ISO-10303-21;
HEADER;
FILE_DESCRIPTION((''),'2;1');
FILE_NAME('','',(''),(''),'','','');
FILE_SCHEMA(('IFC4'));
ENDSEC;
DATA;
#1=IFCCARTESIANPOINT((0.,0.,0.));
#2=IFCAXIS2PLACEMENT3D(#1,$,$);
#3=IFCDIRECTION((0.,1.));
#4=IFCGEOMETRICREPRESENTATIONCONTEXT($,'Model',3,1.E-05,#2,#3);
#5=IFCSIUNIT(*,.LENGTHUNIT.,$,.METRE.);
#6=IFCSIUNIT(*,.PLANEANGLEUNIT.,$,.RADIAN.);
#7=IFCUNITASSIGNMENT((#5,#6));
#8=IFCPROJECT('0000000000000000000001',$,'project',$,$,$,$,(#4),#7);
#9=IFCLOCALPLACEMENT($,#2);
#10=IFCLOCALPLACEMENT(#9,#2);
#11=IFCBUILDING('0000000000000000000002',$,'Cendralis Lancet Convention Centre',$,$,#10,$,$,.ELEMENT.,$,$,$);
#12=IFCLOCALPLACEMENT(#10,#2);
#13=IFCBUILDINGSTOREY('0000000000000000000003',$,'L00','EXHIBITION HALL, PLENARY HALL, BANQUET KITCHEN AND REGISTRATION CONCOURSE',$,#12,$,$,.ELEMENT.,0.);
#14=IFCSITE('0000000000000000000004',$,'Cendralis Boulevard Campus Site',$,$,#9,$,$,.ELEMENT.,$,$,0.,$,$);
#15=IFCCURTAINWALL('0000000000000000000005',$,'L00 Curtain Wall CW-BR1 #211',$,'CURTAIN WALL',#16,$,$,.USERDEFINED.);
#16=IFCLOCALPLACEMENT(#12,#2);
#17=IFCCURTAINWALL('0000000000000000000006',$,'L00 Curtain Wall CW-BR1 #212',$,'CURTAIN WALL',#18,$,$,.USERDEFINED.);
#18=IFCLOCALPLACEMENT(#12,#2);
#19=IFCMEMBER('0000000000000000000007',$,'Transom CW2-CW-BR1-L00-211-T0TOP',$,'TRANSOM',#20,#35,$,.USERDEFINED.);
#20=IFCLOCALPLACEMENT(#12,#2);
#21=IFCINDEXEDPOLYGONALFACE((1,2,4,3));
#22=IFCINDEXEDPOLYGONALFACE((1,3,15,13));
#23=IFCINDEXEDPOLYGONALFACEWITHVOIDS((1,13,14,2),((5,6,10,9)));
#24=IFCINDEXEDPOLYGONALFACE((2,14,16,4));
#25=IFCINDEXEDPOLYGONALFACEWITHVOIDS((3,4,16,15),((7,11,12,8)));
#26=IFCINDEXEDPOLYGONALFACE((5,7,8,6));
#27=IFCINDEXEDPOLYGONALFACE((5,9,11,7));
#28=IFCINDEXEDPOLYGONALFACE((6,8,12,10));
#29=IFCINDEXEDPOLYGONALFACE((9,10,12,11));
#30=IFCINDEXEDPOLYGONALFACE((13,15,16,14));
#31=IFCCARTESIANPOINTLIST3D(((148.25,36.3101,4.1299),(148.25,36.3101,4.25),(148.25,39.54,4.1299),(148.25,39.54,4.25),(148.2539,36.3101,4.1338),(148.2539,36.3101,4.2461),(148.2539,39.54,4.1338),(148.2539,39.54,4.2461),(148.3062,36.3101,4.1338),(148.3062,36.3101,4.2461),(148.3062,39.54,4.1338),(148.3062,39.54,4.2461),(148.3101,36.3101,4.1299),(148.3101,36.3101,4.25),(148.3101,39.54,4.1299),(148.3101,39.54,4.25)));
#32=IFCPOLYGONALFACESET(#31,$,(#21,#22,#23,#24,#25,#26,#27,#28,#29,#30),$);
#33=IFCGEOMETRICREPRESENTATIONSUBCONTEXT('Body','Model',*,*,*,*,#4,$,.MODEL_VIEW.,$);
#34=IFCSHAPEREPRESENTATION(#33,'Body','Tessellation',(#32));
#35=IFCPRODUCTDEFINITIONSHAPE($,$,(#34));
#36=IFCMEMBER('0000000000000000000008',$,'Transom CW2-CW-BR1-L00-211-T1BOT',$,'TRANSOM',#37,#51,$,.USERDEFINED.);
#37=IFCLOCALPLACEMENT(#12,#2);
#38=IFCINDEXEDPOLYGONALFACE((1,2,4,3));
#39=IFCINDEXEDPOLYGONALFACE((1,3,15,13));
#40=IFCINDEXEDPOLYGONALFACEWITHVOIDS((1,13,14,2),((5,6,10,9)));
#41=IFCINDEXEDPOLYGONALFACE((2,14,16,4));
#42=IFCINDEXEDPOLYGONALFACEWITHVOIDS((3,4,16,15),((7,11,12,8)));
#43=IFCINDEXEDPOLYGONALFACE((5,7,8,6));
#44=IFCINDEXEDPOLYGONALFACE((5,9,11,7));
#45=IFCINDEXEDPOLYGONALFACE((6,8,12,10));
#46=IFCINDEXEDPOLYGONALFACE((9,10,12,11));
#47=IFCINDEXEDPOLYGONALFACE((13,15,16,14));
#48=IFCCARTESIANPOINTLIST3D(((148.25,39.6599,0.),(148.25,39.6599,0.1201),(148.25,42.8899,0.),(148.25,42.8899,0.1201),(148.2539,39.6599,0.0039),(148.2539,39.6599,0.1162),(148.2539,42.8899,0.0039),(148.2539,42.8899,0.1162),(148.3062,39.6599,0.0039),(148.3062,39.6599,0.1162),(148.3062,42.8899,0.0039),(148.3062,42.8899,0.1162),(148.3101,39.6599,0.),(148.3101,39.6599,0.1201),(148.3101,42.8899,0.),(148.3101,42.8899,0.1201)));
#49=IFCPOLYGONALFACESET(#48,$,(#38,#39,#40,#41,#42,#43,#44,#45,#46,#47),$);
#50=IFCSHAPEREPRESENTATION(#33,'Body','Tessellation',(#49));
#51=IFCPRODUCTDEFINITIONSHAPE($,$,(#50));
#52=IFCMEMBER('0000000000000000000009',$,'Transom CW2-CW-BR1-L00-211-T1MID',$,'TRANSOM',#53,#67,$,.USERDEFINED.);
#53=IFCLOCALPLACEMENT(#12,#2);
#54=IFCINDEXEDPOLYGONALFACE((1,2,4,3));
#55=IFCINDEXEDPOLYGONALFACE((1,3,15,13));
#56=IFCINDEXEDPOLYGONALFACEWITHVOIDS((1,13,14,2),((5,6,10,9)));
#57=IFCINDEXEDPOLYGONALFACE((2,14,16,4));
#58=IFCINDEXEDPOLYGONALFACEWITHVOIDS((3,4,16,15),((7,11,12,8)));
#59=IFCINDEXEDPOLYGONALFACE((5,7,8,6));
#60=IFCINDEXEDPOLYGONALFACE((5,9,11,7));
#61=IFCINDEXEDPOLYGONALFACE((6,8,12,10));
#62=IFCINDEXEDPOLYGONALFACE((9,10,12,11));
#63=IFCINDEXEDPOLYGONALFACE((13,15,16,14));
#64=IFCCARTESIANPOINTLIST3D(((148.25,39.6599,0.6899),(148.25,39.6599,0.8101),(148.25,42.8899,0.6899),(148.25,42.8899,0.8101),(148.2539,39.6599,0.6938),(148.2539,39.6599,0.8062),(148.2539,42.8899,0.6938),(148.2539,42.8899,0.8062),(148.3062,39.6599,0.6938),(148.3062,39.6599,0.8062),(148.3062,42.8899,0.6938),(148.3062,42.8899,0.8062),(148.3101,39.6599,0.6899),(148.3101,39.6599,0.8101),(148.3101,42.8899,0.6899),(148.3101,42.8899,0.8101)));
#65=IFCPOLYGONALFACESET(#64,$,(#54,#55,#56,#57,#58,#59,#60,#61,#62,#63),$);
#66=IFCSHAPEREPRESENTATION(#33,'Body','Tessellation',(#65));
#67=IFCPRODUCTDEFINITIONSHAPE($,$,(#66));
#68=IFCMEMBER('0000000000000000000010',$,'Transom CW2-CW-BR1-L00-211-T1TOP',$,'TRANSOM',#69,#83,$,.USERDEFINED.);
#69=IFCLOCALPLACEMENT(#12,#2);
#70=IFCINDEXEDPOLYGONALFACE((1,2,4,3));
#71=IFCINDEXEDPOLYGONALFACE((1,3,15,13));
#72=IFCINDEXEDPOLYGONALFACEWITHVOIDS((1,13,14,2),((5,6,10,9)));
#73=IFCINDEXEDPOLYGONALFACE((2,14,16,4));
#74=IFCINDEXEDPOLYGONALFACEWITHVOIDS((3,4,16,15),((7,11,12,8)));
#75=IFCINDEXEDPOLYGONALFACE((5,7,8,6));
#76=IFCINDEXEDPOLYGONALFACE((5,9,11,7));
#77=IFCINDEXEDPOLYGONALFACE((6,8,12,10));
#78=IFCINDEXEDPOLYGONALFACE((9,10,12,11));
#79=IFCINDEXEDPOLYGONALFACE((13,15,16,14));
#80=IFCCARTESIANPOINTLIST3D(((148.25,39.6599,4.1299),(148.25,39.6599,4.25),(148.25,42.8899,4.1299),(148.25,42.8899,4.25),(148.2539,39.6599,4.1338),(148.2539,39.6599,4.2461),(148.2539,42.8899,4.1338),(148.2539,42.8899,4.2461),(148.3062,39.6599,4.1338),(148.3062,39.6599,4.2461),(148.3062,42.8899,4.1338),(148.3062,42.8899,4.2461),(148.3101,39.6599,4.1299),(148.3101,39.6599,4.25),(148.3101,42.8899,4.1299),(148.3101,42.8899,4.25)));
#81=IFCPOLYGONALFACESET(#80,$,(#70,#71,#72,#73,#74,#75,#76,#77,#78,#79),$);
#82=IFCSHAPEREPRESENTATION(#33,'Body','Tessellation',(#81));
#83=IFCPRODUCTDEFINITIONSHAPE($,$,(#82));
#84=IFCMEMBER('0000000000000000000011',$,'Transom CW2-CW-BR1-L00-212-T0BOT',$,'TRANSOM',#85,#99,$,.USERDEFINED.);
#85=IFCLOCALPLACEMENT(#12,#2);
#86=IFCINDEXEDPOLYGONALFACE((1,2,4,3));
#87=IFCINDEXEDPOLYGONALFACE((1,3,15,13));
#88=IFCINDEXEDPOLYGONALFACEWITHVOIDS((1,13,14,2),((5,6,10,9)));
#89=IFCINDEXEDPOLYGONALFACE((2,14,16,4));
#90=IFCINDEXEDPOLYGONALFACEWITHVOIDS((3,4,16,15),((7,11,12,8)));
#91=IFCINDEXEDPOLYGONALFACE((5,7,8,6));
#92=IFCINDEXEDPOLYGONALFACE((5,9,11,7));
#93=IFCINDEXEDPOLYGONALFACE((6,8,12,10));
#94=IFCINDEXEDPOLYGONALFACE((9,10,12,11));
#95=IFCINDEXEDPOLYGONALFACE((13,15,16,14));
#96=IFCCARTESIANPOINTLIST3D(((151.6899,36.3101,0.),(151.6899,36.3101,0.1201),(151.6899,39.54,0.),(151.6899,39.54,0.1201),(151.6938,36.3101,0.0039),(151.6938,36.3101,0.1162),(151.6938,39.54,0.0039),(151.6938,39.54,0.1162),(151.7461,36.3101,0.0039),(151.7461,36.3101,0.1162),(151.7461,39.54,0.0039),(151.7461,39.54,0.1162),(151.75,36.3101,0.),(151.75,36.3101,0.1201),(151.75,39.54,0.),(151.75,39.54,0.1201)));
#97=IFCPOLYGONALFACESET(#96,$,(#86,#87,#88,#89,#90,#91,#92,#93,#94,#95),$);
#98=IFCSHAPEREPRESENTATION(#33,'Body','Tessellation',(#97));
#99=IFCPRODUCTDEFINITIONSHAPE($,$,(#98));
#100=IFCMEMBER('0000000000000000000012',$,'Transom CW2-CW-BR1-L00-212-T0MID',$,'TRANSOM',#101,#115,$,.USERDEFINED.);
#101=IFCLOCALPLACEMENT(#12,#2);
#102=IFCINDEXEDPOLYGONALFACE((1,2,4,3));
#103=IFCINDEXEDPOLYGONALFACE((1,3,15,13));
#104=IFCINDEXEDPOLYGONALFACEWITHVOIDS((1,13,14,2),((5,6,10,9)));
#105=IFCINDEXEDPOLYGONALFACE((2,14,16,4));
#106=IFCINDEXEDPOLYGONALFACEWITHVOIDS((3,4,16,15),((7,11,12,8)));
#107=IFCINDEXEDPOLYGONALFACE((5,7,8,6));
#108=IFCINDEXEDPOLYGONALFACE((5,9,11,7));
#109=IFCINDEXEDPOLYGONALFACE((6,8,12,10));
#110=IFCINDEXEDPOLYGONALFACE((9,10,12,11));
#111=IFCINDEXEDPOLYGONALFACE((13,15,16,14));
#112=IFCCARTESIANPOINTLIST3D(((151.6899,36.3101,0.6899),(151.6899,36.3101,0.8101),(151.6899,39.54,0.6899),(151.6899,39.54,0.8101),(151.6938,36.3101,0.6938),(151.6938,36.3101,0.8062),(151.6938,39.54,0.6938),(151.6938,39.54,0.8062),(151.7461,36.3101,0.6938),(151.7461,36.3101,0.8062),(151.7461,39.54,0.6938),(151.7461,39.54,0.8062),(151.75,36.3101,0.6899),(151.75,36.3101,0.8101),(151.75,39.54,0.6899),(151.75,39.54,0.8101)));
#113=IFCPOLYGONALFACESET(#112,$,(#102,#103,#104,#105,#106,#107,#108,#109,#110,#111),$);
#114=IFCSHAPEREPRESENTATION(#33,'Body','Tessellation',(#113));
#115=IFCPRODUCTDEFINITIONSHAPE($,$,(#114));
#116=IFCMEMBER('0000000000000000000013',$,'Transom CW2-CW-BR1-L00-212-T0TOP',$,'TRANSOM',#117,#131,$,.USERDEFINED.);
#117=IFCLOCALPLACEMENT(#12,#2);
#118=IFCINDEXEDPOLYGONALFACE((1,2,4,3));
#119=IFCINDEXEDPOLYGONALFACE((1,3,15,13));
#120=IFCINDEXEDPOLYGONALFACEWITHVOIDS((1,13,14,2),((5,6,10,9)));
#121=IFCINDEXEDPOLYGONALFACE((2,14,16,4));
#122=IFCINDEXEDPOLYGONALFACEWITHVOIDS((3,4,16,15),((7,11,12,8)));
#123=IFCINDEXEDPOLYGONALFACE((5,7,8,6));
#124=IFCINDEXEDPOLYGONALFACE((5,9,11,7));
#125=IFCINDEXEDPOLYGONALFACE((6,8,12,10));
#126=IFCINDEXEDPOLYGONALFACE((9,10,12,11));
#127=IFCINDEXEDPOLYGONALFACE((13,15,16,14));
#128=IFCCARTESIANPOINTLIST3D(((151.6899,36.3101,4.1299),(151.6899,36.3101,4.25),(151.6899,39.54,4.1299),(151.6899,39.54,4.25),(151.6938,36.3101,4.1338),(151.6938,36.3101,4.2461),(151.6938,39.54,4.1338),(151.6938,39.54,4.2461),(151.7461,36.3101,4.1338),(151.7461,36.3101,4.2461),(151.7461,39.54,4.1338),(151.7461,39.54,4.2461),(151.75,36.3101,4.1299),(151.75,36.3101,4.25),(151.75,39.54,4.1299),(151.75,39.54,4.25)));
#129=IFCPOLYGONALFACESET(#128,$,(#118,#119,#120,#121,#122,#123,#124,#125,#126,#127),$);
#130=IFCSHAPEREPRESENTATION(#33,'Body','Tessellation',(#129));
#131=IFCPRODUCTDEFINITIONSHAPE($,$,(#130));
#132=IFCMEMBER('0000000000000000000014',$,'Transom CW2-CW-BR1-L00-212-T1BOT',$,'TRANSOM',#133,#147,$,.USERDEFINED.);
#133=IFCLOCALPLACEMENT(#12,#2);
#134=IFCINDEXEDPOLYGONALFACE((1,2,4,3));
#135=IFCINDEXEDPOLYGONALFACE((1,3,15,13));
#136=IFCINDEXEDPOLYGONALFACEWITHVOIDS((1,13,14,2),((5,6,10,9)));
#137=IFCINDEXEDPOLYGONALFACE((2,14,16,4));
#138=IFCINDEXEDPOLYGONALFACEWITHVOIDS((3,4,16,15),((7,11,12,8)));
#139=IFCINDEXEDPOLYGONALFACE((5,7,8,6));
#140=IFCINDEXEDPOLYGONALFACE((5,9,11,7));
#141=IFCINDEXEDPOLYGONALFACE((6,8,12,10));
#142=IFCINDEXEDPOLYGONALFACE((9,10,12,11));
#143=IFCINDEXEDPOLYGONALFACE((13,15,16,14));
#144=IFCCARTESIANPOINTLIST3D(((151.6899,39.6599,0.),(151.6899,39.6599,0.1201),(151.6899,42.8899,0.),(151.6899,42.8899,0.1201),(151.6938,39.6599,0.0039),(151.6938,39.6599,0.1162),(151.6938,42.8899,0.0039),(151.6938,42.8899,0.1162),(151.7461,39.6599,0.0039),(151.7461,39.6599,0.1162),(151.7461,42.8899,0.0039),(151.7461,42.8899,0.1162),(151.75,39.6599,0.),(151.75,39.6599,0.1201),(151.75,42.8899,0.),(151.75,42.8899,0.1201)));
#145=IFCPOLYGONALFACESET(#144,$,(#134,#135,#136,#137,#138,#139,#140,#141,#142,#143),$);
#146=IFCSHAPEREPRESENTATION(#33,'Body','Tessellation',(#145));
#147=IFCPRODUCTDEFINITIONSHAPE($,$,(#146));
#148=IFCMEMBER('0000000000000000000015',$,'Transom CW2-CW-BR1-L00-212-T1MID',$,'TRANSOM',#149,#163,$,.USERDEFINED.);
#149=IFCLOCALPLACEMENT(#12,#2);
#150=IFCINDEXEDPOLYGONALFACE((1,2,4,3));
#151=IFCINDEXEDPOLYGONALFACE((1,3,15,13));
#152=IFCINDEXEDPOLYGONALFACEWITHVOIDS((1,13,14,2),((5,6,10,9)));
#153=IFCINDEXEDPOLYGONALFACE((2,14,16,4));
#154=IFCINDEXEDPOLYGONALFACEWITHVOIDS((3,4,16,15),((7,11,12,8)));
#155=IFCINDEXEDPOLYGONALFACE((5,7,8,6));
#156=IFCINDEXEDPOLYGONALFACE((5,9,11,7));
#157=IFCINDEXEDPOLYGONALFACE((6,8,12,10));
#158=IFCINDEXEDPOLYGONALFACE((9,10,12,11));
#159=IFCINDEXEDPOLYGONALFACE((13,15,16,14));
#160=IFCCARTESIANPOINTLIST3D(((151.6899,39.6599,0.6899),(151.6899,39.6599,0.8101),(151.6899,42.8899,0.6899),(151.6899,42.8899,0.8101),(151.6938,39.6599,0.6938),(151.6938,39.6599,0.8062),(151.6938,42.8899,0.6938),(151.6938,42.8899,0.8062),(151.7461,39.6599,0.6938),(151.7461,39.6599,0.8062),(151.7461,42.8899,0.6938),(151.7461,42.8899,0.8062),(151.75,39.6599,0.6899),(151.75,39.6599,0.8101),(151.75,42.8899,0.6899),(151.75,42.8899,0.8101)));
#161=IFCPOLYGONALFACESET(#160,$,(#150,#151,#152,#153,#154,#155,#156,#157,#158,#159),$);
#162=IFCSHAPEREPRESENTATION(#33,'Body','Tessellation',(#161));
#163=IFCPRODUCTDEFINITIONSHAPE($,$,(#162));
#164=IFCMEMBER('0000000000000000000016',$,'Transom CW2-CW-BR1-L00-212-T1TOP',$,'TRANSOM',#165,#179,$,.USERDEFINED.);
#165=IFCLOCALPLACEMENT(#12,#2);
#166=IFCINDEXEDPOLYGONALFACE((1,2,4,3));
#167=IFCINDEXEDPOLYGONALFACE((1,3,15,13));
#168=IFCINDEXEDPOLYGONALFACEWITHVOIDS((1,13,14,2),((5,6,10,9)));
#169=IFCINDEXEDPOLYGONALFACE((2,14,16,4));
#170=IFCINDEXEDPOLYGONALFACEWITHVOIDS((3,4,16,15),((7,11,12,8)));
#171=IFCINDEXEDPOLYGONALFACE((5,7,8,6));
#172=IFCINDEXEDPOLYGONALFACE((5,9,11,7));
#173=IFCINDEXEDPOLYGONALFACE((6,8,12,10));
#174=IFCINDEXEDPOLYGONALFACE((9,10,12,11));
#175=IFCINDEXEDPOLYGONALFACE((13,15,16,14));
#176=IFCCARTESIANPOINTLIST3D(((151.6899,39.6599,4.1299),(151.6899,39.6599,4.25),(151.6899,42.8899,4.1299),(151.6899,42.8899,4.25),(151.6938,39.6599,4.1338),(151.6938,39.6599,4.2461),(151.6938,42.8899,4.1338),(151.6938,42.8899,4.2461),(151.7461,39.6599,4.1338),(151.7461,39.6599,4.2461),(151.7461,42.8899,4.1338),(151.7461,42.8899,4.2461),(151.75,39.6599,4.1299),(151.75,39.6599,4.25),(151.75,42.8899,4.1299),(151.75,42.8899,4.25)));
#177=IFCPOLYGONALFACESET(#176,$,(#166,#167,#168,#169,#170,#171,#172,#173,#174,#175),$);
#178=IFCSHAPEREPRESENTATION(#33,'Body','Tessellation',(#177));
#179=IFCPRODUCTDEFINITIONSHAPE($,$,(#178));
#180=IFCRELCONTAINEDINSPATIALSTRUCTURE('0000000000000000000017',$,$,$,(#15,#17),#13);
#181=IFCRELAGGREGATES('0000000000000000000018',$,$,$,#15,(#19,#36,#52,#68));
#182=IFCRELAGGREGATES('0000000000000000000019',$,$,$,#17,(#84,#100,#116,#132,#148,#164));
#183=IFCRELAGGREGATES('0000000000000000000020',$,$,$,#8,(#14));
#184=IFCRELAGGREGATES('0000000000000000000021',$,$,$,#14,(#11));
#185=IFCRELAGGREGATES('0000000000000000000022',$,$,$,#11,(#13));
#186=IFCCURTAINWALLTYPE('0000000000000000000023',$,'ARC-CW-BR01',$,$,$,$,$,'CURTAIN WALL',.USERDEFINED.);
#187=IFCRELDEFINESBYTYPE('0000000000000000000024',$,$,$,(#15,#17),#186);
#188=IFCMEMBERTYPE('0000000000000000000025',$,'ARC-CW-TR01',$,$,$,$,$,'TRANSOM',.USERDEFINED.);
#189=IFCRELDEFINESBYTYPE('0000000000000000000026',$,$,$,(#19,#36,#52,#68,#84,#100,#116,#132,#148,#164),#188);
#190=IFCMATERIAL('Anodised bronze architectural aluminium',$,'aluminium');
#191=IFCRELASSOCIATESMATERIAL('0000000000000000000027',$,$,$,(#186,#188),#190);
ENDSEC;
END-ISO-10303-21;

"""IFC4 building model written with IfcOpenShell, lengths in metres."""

from ifc_helpers import new_model, si_unit, direction, frame, origin, origin_2d, place, context, subcontext, project, spatial, hollow_rectangle, extrude, material, material_profile, profile_set, type_object, element, aggregate, save


model = new_model("IFC4")

# Units and contexts
model_context = context("Model", 3, precision=1e-05, world=origin(), true_north=direction((0.0, 1.0)))
body_context = subcontext(model_context, "Body", "Model", "MODEL_VIEW")
ifc_project = project(units=[si_unit("LENGTHUNIT", "METRE"), si_unit("PLANEANGLEUNIT", "RADIAN")], contexts=[model_context])

# Site, building, storey
site_placement = place(None, origin())
site = spatial("IfcSite", under=ifc_project, at=site_placement, Name="Cendralis Boulevard Campus Site", CompositionType="ELEMENT", RefElevation=0.0)
building_placement = place(site_placement, origin())
building = spatial("IfcBuilding", under=site, at=building_placement, Name="Cendralis Lancet Convention Centre", CompositionType="ELEMENT")
storey_placement = place(building_placement, origin())
storey = spatial("IfcBuildingStorey", under=building, at=storey_placement, Name="L00", Description="EXHIBITION HALL, PLENARY HALL, BANQUET KITCHEN AND REGISTRATION CONCOURSE", CompositionType="ELEMENT", Elevation=0.0)

# Curtain wall
ifc_material_1 = material(Name="Anodised bronze architectural aluminium", Category="aluminium")
curtain_wall_type = type_object("IfcCurtainWallType", Name="ARC-CW-BR01", ElementType="CURTAIN WALL", PredefinedType="USERDEFINED", material=ifc_material_1)
curtain_wall_1_placement = place(storey_placement, origin())
curtain_wall_1 = element("IfcCurtainWall", 1, at=curtain_wall_1_placement, inside=storey, type_object=curtain_wall_type, Name="L00 Curtain Wall CW-BR1 #211", ObjectType="CURTAIN WALL", PredefinedType="USERDEFINED")

# Curtain wall
curtain_wall_2_placement = place(storey_placement, origin())
curtain_wall_2 = element("IfcCurtainWall", 2, at=curtain_wall_2_placement, inside=storey, type_object=curtain_wall_type, Name="L00 Curtain Wall CW-BR1 #212", ObjectType="CURTAIN WALL", PredefinedType="USERDEFINED")

# Members
ifc_material_profile_1 = material_profile(ifc_material_1, hollow_rectangle(XDim=0.0601, YDim=0.1201, WallThickness=0.0039, at=origin_2d()), Name="AL-TRAN 60x120x4.0")
ifc_profile_set_1 = profile_set([ifc_material_profile_1], Name="Anodised bronze architectural aluminium")
member_type_1 = type_object("IfcMemberType", Name="ARC-CW-TR01", ElementType="TRANSOM", PredefinedType="USERDEFINED", material=ifc_profile_set_1)
member_1_placement = place(storey_placement, frame((148.28, 36.3101, 4.1899), z_axis=(0.0, 1.0, 0.0), x_axis=(-1.0, 0.0, 0.0)))
member_1 = element("IfcMember", 3, at=member_1_placement, type_object=member_type_1, Name="Transom CW2-CW-BR1-L00-211-T0TOP", ObjectType="TRANSOM", PredefinedType="USERDEFINED", context=body_context, shape_type="SweptSolid", body=[
    extrude(hollow_rectangle(XDim=0.0601, YDim=0.1201, WallThickness=0.0039, at=origin_2d()), origin(), (0.0, 0.0, 1.0), 3.23),
])
member_2_placement = place(storey_placement, frame((148.28, 39.6599, 0.0601), z_axis=(0.0, 1.0, 0.0), x_axis=(-1.0, 0.0, 0.0)))
member_2 = element("IfcMember", 4, at=member_2_placement, type_object=member_type_1, Name="Transom CW2-CW-BR1-L00-211-T1BOT", ObjectType="TRANSOM", PredefinedType="USERDEFINED", context=body_context, shape_type="SweptSolid", body=[
    extrude(hollow_rectangle(XDim=0.0601, YDim=0.1201, WallThickness=0.0039, at=origin_2d()), origin(), (0.0, 0.0, 1.0), 3.23),
])
member_3_placement = place(storey_placement, frame((148.28, 39.6599, 0.75), z_axis=(0.0, 1.0, 0.0), x_axis=(-1.0, 0.0, 0.0)))
member_3 = element("IfcMember", 5, at=member_3_placement, type_object=member_type_1, Name="Transom CW2-CW-BR1-L00-211-T1MID", ObjectType="TRANSOM", PredefinedType="USERDEFINED", context=body_context, shape_type="SweptSolid", body=[
    extrude(hollow_rectangle(XDim=0.0601, YDim=0.1201, WallThickness=0.0039, at=origin_2d()), origin(), (0.0, 0.0, 1.0), 3.23),
])
member_4_placement = place(storey_placement, frame((148.28, 39.6599, 4.1899), z_axis=(0.0, 1.0, 0.0), x_axis=(-1.0, 0.0, 0.0)))
member_4 = element("IfcMember", 6, at=member_4_placement, type_object=member_type_1, Name="Transom CW2-CW-BR1-L00-211-T1TOP", ObjectType="TRANSOM", PredefinedType="USERDEFINED", context=body_context, shape_type="SweptSolid", body=[
    extrude(hollow_rectangle(XDim=0.0601, YDim=0.1201, WallThickness=0.0039, at=origin_2d()), origin(), (0.0, 0.0, 1.0), 3.23),
])
member_5_placement = place(storey_placement, frame((151.72, 36.3101, 0.0601), z_axis=(0.0, 1.0, 0.0), x_axis=(-1.0, 0.0, 0.0)))
member_5 = element("IfcMember", 7, at=member_5_placement, type_object=member_type_1, Name="Transom CW2-CW-BR1-L00-212-T0BOT", ObjectType="TRANSOM", PredefinedType="USERDEFINED", context=body_context, shape_type="SweptSolid", body=[
    extrude(hollow_rectangle(XDim=0.0601, YDim=0.1201, WallThickness=0.0039, at=origin_2d()), origin(), (0.0, 0.0, 1.0), 3.23),
])
member_6_placement = place(storey_placement, frame((151.72, 36.3101, 0.75), z_axis=(0.0, 1.0, 0.0), x_axis=(-1.0, 0.0, 0.0)))
member_6 = element("IfcMember", 8, at=member_6_placement, type_object=member_type_1, Name="Transom CW2-CW-BR1-L00-212-T0MID", ObjectType="TRANSOM", PredefinedType="USERDEFINED", context=body_context, shape_type="SweptSolid", body=[
    extrude(hollow_rectangle(XDim=0.0601, YDim=0.1201, WallThickness=0.0039, at=origin_2d()), origin(), (0.0, 0.0, 1.0), 3.23),
])
member_7_placement = place(storey_placement, frame((151.72, 36.3101, 4.1899), z_axis=(0.0, 1.0, 0.0), x_axis=(-1.0, 0.0, 0.0)))
member_7 = element("IfcMember", 9, at=member_7_placement, type_object=member_type_1, Name="Transom CW2-CW-BR1-L00-212-T0TOP", ObjectType="TRANSOM", PredefinedType="USERDEFINED", context=body_context, shape_type="SweptSolid", body=[
    extrude(hollow_rectangle(XDim=0.0601, YDim=0.1201, WallThickness=0.0039, at=origin_2d()), origin(), (0.0, 0.0, 1.0), 3.23),
])
member_8_placement = place(storey_placement, frame((151.72, 39.6599, 0.0601), z_axis=(0.0, 1.0, 0.0), x_axis=(-1.0, 0.0, 0.0)))
member_8 = element("IfcMember", 10, at=member_8_placement, type_object=member_type_1, Name="Transom CW2-CW-BR1-L00-212-T1BOT", ObjectType="TRANSOM", PredefinedType="USERDEFINED", context=body_context, shape_type="SweptSolid", body=[
    extrude(hollow_rectangle(XDim=0.0601, YDim=0.1201, WallThickness=0.0039, at=origin_2d()), origin(), (0.0, 0.0, 1.0), 3.23),
])
member_9_placement = place(storey_placement, frame((151.72, 39.6599, 0.75), z_axis=(0.0, 1.0, 0.0), x_axis=(-1.0, 0.0, 0.0)))
member_9 = element("IfcMember", 11, at=member_9_placement, type_object=member_type_1, Name="Transom CW2-CW-BR1-L00-212-T1MID", ObjectType="TRANSOM", PredefinedType="USERDEFINED", context=body_context, shape_type="SweptSolid", body=[
    extrude(hollow_rectangle(XDim=0.0601, YDim=0.1201, WallThickness=0.0039, at=origin_2d()), origin(), (0.0, 0.0, 1.0), 3.23),
])
member_10_placement = place(storey_placement, frame((151.72, 39.6599, 4.1899), z_axis=(0.0, 1.0, 0.0), x_axis=(-1.0, 0.0, 0.0)))
member_10 = element("IfcMember", 12, at=member_10_placement, type_object=member_type_1, Name="Transom CW2-CW-BR1-L00-212-T1TOP", ObjectType="TRANSOM", PredefinedType="USERDEFINED", context=body_context, shape_type="SweptSolid", body=[
    extrude(hollow_rectangle(XDim=0.0601, YDim=0.1201, WallThickness=0.0039, at=origin_2d()), origin(), (0.0, 0.0, 1.0), 3.23),
])

aggregate(curtain_wall_1, [member_1, member_2, member_3, member_4])
aggregate(curtain_wall_2, [member_5, member_6, member_7, member_8, member_9, member_10])

save(model, "model.ifc")
